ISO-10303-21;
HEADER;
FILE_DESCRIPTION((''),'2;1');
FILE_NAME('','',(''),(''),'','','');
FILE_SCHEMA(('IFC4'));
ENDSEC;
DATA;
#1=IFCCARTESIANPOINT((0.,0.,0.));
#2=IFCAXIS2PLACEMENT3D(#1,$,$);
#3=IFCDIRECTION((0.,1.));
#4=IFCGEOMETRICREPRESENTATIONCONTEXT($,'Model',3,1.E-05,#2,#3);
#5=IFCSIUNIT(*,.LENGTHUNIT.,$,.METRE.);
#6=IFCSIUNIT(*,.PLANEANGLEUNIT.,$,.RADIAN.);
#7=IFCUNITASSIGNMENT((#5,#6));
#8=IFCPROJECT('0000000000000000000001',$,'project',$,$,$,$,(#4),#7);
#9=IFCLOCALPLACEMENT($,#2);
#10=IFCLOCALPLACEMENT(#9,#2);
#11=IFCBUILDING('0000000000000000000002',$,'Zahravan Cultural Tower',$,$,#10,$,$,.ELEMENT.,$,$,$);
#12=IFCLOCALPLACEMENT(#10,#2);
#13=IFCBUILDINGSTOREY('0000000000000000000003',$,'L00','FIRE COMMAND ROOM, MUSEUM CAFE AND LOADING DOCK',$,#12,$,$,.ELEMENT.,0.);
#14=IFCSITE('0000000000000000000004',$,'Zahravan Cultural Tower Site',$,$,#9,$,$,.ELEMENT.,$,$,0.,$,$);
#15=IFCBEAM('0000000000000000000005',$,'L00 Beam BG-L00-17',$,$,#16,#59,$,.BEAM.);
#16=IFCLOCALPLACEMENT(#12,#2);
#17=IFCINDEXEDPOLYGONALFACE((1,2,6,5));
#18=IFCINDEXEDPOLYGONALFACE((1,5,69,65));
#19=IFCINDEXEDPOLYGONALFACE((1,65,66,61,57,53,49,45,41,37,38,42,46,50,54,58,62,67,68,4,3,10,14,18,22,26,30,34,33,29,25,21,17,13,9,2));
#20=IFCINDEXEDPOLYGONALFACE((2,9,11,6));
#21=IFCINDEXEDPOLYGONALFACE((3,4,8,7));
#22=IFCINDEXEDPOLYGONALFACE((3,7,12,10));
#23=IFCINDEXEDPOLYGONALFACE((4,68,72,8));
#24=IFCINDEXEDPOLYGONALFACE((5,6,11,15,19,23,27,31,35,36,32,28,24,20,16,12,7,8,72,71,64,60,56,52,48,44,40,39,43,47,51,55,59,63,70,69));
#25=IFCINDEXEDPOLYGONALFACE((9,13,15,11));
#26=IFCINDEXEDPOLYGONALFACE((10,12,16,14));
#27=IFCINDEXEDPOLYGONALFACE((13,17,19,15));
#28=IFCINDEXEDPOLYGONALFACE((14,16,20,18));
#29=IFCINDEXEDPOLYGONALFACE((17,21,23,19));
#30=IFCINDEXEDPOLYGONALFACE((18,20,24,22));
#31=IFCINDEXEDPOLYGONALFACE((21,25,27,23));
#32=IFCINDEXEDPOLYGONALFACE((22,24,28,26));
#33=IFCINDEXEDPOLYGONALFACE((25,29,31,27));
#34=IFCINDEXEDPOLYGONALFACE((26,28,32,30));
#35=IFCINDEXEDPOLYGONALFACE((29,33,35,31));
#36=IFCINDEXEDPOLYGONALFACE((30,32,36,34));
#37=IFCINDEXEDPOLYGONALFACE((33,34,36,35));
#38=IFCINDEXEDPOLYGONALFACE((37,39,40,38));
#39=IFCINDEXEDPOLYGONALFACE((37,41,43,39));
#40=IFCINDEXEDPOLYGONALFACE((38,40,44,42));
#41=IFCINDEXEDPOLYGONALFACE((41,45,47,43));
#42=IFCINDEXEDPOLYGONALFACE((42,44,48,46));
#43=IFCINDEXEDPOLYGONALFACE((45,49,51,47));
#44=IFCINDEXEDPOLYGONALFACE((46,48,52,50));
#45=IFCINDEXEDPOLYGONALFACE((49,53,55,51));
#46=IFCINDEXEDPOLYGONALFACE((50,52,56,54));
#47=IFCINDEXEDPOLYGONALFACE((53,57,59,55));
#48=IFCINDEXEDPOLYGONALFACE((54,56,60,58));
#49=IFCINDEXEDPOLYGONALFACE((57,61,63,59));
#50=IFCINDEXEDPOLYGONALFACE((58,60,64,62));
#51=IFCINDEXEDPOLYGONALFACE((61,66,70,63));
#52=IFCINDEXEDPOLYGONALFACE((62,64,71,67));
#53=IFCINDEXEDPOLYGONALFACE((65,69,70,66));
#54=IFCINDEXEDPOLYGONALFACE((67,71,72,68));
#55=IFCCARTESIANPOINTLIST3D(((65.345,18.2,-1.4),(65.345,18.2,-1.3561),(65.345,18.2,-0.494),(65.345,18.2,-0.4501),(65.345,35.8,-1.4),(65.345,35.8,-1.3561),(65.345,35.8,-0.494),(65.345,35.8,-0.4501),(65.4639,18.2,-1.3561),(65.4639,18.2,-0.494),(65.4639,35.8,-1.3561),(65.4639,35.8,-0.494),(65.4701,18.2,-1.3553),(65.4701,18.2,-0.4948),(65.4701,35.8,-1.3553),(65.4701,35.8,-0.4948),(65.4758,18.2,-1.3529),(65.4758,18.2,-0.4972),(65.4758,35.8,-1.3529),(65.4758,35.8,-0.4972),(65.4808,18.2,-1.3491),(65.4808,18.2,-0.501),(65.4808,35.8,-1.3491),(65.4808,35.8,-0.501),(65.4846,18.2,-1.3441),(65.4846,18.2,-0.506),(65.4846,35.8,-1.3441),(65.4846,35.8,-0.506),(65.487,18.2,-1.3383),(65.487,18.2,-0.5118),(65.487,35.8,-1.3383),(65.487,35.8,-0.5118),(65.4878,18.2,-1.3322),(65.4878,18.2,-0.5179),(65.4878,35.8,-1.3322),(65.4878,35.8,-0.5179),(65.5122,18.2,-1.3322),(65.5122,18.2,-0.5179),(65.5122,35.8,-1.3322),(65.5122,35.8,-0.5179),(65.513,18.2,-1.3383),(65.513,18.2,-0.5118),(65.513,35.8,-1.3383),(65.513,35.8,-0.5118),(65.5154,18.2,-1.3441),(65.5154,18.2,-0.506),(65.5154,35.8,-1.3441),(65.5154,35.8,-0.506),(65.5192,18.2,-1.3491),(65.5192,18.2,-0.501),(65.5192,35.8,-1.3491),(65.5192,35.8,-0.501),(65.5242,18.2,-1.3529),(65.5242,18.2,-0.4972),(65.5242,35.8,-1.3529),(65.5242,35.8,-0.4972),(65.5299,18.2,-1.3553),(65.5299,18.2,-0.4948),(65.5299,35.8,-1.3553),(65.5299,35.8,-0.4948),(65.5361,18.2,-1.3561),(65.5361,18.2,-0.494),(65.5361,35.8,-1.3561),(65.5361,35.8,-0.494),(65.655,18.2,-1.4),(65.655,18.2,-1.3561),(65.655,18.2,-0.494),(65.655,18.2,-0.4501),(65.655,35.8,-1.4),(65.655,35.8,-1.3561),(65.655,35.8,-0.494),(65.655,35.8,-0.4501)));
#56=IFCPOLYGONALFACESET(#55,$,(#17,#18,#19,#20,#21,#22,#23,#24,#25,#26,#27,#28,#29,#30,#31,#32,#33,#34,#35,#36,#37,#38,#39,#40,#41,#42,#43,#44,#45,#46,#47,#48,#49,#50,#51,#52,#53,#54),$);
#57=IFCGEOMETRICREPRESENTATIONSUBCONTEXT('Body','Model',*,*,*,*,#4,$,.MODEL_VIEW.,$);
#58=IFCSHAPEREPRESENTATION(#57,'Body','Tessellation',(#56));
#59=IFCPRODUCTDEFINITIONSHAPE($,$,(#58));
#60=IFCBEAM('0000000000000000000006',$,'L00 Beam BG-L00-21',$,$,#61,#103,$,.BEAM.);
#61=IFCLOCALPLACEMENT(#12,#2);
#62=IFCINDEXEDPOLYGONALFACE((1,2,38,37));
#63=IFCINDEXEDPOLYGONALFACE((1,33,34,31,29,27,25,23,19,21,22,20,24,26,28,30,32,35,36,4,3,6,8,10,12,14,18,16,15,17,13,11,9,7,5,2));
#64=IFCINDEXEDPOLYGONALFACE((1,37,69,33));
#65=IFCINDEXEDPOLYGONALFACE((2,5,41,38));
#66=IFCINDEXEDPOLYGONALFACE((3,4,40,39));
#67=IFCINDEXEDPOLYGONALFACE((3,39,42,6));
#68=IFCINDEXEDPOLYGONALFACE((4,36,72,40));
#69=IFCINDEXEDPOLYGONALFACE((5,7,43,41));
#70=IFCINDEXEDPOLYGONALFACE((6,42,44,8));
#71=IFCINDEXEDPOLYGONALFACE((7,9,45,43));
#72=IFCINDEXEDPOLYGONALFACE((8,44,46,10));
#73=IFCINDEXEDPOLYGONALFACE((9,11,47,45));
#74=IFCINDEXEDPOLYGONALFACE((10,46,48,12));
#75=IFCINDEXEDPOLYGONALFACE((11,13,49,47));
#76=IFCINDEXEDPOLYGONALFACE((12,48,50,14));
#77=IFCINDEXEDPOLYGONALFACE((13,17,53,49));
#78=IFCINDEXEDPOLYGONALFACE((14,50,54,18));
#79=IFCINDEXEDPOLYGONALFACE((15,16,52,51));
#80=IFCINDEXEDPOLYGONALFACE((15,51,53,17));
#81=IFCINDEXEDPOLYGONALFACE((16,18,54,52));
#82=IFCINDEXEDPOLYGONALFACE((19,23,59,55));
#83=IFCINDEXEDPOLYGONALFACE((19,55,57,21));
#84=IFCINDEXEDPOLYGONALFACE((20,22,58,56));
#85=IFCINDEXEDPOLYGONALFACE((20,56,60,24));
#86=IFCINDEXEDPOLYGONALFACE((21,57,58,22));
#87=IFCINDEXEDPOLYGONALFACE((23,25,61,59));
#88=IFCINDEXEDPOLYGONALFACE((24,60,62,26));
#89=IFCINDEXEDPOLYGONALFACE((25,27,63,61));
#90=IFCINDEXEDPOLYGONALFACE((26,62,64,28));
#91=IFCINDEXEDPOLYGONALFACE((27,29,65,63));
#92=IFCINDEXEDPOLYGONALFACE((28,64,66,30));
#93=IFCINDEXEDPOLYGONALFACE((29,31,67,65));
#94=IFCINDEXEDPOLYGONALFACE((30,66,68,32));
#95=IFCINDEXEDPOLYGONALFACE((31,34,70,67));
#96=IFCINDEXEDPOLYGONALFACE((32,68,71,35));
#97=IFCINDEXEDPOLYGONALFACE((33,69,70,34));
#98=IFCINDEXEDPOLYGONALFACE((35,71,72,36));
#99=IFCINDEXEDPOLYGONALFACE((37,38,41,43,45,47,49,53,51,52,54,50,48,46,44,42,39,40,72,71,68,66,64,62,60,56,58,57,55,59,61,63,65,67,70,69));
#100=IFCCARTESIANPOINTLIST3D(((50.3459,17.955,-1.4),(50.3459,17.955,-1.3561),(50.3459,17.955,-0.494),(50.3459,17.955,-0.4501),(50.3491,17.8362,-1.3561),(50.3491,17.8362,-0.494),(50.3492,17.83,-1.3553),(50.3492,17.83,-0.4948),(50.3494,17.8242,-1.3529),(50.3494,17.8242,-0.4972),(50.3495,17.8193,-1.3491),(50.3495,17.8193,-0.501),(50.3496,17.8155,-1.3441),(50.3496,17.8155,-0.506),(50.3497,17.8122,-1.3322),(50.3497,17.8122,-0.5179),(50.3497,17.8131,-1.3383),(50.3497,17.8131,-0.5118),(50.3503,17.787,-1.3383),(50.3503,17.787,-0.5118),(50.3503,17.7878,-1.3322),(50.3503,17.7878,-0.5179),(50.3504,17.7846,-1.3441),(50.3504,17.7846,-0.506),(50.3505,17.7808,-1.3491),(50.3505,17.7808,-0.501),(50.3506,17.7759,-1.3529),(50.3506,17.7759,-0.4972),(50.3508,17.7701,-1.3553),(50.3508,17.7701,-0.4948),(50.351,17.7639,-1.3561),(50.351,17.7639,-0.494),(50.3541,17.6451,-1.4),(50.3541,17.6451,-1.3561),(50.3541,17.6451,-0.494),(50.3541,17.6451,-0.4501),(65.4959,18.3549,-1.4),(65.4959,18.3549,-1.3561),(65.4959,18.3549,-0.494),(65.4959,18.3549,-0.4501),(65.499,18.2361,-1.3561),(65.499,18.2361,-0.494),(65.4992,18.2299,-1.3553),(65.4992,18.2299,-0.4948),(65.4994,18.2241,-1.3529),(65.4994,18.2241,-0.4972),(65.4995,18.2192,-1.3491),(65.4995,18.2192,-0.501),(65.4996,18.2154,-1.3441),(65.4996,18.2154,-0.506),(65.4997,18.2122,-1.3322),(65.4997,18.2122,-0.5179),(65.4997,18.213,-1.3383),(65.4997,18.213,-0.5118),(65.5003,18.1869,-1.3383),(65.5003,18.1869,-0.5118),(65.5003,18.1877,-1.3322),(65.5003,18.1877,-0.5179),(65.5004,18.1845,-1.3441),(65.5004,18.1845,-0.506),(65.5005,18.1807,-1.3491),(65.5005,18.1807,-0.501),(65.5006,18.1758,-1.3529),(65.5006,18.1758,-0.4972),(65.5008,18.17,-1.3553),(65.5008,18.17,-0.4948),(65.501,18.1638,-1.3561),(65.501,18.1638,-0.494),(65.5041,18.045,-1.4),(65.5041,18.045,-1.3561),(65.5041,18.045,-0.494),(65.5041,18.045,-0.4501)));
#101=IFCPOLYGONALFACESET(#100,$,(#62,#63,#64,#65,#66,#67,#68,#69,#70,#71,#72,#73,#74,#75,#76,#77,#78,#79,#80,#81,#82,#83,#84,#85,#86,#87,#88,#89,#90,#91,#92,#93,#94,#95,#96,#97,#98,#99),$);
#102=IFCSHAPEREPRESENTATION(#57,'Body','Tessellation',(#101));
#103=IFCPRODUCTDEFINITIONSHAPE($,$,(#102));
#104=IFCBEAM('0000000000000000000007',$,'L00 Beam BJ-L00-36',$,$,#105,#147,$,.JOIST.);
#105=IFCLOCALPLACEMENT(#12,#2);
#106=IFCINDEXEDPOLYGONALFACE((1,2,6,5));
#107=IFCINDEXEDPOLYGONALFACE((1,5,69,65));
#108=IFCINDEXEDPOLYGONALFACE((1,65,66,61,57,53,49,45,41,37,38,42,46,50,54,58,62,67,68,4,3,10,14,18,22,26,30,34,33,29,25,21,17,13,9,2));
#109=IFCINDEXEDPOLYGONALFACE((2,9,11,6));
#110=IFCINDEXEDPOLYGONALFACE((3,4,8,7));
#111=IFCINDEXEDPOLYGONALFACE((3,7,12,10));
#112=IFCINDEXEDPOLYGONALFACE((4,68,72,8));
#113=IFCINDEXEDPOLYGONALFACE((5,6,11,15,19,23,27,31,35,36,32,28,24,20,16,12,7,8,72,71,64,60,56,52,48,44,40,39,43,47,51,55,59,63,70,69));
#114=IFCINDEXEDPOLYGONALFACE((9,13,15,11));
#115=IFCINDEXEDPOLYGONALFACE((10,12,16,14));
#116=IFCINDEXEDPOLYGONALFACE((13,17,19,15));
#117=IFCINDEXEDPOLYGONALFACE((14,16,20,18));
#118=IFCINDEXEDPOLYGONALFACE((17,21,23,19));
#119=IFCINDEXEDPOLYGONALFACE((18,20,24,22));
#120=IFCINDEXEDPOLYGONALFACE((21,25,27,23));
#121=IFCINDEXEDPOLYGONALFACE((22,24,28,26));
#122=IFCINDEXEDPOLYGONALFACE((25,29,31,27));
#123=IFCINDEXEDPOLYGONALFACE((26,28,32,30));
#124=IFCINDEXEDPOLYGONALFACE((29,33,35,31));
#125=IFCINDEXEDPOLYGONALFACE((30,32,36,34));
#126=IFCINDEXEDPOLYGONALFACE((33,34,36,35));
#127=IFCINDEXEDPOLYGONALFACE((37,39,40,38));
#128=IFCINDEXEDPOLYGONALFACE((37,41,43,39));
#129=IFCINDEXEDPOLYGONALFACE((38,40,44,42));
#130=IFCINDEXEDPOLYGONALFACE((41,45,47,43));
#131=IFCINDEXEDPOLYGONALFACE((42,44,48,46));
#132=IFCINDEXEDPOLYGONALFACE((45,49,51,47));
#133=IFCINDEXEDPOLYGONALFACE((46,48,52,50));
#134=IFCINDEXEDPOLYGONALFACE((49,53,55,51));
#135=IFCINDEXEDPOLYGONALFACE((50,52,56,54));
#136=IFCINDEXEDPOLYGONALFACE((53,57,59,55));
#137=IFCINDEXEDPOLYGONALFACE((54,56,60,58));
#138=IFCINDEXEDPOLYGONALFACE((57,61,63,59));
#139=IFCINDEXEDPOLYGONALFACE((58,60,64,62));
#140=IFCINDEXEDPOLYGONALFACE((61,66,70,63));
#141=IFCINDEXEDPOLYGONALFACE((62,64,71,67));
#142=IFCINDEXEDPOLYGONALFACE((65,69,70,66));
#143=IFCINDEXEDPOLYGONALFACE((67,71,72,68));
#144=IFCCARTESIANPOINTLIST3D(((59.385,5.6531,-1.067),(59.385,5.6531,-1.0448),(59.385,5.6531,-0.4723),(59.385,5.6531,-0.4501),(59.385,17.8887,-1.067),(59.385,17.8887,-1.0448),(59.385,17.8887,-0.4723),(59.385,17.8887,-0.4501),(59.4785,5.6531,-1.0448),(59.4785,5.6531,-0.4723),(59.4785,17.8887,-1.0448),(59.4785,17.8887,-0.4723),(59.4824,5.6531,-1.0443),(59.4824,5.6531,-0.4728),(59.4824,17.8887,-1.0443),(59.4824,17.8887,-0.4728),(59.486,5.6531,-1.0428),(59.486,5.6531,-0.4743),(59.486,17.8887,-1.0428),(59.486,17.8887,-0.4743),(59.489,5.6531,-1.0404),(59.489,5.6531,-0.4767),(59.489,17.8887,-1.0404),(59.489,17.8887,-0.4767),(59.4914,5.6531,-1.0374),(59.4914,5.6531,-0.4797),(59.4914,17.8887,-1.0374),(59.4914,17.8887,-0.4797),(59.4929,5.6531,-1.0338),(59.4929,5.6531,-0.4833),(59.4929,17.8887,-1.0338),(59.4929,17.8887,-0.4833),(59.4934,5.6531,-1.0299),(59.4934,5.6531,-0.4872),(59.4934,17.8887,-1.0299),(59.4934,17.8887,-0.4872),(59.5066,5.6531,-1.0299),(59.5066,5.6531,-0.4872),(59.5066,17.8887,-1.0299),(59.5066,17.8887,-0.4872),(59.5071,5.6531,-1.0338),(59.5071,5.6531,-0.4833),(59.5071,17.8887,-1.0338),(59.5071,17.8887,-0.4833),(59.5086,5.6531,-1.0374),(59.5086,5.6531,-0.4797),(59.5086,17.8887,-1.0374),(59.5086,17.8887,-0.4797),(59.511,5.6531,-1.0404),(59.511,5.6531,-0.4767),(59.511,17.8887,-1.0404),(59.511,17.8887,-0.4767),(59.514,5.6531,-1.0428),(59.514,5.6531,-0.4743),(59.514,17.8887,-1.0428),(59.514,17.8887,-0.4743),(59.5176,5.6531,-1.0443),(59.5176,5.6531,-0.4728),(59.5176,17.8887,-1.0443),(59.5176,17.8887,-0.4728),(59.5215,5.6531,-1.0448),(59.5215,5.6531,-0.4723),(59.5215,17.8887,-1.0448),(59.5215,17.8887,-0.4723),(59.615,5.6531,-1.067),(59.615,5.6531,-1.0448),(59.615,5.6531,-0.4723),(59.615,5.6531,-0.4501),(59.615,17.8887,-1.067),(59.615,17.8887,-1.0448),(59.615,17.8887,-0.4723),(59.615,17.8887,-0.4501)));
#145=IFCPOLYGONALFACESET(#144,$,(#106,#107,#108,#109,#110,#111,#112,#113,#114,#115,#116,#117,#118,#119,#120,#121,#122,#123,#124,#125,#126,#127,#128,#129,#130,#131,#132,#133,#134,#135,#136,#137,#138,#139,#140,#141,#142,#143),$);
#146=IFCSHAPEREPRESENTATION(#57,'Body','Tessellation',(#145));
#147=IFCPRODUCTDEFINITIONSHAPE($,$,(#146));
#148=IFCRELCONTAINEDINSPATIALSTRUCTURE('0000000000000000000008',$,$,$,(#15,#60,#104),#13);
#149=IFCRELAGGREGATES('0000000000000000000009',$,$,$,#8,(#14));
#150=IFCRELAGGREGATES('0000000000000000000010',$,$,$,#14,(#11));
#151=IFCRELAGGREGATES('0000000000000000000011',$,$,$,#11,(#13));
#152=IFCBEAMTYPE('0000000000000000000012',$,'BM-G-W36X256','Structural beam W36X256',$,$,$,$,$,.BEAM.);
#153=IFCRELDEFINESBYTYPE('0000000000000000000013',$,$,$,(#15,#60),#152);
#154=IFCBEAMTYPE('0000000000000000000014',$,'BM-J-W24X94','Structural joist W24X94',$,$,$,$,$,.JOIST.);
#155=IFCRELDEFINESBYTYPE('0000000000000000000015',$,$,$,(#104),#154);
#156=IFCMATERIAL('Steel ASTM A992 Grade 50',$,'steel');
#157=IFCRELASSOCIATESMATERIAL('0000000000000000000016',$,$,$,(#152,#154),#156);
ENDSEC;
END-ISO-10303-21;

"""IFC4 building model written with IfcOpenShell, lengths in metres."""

from ifc_helpers import new_model, si_unit, direction, frame, origin, origin_2d, place, context, subcontext, project, spatial, i_section, extrude, source, transform, mapped, material, material_profile, profile_set, type_object, element, save


model = new_model("IFC4")

# Units and contexts
model_context = context("Model", 3, precision=1e-05, world=origin(), true_north=direction((0.0, 1.0)))
body_context = subcontext(model_context, "Body", "Model", "MODEL_VIEW")
ifc_project = project(units=[si_unit("LENGTHUNIT", "METRE"), si_unit("PLANEANGLEUNIT", "RADIAN")], contexts=[model_context])

# Site, building, storey
site_placement = place(None, origin())
site = spatial("IfcSite", under=ifc_project, at=site_placement, Name="Zahravan Cultural Tower Site", CompositionType="ELEMENT", RefElevation=0.0)
building_placement = place(site_placement, origin())
building = spatial("IfcBuilding", under=site, at=building_placement, Name="Zahravan Cultural Tower", CompositionType="ELEMENT")
storey_placement = place(building_placement, origin())
storey = spatial("IfcBuildingStorey", under=building, at=storey_placement, Name="L00", Description="FIRE COMMAND ROOM, MUSEUM CAFE AND LOADING DOCK", CompositionType="ELEMENT", Elevation=0.0)

# Beams
ifc_material_1 = material(Name="Steel ASTM A992 Grade 50", Category="steel")
ifc_material_profile_1 = material_profile(ifc_material_1, i_section(OverallWidth=0.3101, OverallDepth=0.95, WebThickness=0.0244, FlangeThickness=0.0439, FilletRadius=0.0239, at=origin_2d()), Name="W36X256")
ifc_profile_set_1 = profile_set([ifc_material_profile_1], Name="Steel ASTM A992 Grade 50")
beam_type_1 = type_object("IfcBeamType", Name="BM-G-W36X256", Description="Structural beam W36X256", PredefinedType="BEAM", material=ifc_profile_set_1)
shared_shape_1 = source(origin(), body_context, "Body", "SweptSolid", [
    extrude(i_section(OverallWidth=0.3101, OverallDepth=0.95, WebThickness=0.0244, FlangeThickness=0.0439, FilletRadius=0.0239, at=origin_2d()), origin(), (0.0, 0.0, 1.0), 17.6001),
])
beam_1_placement = place(storey_placement, frame((65.5, 18.2, -0.925), z_axis=(0.0, 1.0, 0.0), x_axis=(-1.0, 0.0, 0.0)))
element("IfcBeam", 1, at=beam_1_placement, inside=storey, type_object=beam_type_1, Name="L00 Beam BG-L00-17", PredefinedType="BEAM", context=body_context, shape_type="MappedRepresentation", body=[
    mapped(shared_shape_1, transform((0.0, 0.0, 0.0), x_axis=(1.0, 0.0, 0.0), y_axis=(0.0, 1.0, 0.0), z_axis=(0.0, 0.0, 1.0), scale=1.0)),
])
shared_shape_2 = source(origin(), body_context, "Body", "SweptSolid", [
    extrude(i_section(OverallWidth=0.3101, OverallDepth=0.95, WebThickness=0.0244, FlangeThickness=0.0439, FilletRadius=0.0239, at=origin_2d()), origin(), (0.0, 0.0, 1.0), 15.1553),
])
beam_2_placement = place(storey_placement, frame((65.5, 18.2, -0.925), z_axis=(-0.999652, -0.026387, 0.0), x_axis=(0.026387, -0.999652, 0.0)))
element("IfcBeam", 2, at=beam_2_placement, inside=storey, type_object=beam_type_1, Name="L00 Beam BG-L00-21", PredefinedType="BEAM", context=body_context, shape_type="MappedRepresentation", body=[
    mapped(shared_shape_2, transform((0.0, 0.0, 0.0), x_axis=(1.0, 0.0, 0.0), y_axis=(0.0, 1.0, 0.0), z_axis=(0.0, 0.0, 1.0), scale=1.0)),
])
ifc_material_profile_2 = material_profile(ifc_material_1, i_section(OverallWidth=0.23, OverallDepth=0.6169, WebThickness=0.0132, FlangeThickness=0.0222, FilletRadius=0.0149, at=origin_2d()), Name="W24X94")
ifc_profile_set_2 = profile_set([ifc_material_profile_2], Name="Steel ASTM A992 Grade 50")
beam_type_2 = type_object("IfcBeamType", Name="BM-J-W24X94", Description="Structural joist W24X94", PredefinedType="JOIST", material=ifc_profile_set_2)
shared_shape_3 = source(origin(), body_context, "Body", "SweptSolid", [
    extrude(i_section(OverallWidth=0.23, OverallDepth=0.6169, WebThickness=0.0132, FlangeThickness=0.0222, FilletRadius=0.0149, at=origin_2d()), origin(), (0.0, 0.0, 1.0), 12.2356),
])
beam_3_placement = place(storey_placement, frame((59.5, 5.6531, -0.7585), z_axis=(0.0, 1.0, 0.0), x_axis=(-1.0, 0.0, 0.0)))
element("IfcBeam", 3, at=beam_3_placement, inside=storey, type_object=beam_type_2, Name="L00 Beam BJ-L00-36", PredefinedType="JOIST", context=body_context, shape_type="MappedRepresentation", body=[
    mapped(shared_shape_3, transform((0.0, 0.0, 0.0), x_axis=(1.0, 0.0, 0.0), y_axis=(0.0, 1.0, 0.0), z_axis=(0.0, 0.0, 1.0), scale=1.0)),
])

save(model, "model.ifc")
